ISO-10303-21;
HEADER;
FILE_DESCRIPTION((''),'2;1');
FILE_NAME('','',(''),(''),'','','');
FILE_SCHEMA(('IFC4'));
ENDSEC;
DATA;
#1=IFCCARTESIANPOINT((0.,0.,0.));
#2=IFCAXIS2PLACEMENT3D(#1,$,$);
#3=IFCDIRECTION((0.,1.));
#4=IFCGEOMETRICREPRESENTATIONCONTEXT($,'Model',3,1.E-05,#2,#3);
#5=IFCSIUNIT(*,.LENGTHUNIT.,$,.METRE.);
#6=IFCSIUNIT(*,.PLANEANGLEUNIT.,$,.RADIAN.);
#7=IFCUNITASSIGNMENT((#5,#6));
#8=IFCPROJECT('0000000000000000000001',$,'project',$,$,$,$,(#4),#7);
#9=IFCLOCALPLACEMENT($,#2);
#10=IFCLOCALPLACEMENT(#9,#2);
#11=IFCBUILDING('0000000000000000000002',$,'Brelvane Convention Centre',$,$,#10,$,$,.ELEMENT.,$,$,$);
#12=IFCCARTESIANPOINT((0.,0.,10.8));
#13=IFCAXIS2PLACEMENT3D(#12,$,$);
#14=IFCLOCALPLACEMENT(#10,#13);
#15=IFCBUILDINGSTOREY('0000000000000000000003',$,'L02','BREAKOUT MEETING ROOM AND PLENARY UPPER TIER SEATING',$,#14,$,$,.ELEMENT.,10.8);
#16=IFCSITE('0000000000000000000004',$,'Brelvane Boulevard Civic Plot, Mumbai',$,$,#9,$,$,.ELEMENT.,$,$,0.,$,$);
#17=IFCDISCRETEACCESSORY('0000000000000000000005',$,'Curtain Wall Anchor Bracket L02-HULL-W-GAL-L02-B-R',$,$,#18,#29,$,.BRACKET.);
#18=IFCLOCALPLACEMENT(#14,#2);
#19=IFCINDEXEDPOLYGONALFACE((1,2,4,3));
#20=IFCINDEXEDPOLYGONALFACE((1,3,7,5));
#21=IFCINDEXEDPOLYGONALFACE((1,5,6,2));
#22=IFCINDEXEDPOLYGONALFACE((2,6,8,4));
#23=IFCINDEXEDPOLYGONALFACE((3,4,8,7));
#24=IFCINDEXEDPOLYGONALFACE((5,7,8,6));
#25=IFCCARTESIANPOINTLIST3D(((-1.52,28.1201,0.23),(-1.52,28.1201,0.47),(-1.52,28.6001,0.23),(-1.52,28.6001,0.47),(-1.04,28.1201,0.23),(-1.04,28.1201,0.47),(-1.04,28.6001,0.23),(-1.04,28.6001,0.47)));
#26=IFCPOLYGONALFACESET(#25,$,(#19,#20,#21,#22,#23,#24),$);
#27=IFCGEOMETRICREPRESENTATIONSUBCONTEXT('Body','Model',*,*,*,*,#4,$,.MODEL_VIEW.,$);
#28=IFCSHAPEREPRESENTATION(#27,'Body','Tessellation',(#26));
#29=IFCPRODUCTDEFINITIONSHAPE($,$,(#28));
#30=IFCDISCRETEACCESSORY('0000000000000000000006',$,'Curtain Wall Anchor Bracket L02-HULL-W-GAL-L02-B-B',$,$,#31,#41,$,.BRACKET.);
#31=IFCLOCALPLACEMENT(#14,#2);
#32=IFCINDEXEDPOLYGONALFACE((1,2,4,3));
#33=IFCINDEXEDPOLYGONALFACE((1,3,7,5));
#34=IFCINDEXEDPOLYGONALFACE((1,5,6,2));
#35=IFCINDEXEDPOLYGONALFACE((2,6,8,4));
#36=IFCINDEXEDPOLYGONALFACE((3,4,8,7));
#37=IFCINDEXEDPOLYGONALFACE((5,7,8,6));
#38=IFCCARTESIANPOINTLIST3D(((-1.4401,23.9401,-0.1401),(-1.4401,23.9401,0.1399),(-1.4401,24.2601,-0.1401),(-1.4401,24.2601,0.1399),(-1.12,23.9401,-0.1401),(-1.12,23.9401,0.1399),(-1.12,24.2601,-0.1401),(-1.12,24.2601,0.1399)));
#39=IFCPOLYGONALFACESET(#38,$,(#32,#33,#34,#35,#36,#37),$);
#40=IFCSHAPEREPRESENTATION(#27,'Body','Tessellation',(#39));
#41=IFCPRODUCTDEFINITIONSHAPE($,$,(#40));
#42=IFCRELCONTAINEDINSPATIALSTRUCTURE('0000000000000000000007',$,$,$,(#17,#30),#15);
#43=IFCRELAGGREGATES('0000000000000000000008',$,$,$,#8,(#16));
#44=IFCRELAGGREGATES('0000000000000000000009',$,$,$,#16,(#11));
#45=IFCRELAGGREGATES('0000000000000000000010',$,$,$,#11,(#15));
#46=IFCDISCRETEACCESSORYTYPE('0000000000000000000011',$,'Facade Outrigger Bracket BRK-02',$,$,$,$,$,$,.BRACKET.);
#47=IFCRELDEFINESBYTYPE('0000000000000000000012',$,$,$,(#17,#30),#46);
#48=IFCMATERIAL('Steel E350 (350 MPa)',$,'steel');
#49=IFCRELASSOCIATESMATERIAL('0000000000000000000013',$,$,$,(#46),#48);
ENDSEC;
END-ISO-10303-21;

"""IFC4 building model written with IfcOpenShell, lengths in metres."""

from ifc_helpers import new_model, si_unit, direction, frame, origin, origin_2d, place, context, subcontext, project, spatial, rectangle, extrude, material, type_object, element, save


model = new_model("IFC4")

# Units and contexts
model_context = context("Model", 3, precision=1e-05, world=origin(), true_north=direction((0.0, 1.0)))
body_context = subcontext(model_context, "Body", "Model", "MODEL_VIEW")
ifc_project = project(units=[si_unit("LENGTHUNIT", "METRE"), si_unit("PLANEANGLEUNIT", "RADIAN")], contexts=[model_context])

# Site, building, storey
site_placement = place(None, origin())
site = spatial("IfcSite", under=ifc_project, at=site_placement, Name="Brelvane Boulevard Civic Plot, Mumbai", CompositionType="ELEMENT", RefElevation=0.0)
building_placement = place(site_placement, origin())
building = spatial("IfcBuilding", under=site, at=building_placement, Name="Brelvane Convention Centre", CompositionType="ELEMENT")
storey_placement = place(building_placement, frame((0.0, 0.0, 10.8)))
storey = spatial("IfcBuildingStorey", under=building, at=storey_placement, Name="L02", Description="BREAKOUT MEETING ROOM AND PLENARY UPPER TIER SEATING", CompositionType="ELEMENT", Elevation=10.8)

# Discrete accessories
ifc_material_1 = material(Name="Steel E350 (350 MPa)", Category="steel")
discrete_accessory_type = type_object("IfcDiscreteAccessoryType", Name="Facade Outrigger Bracket BRK-02", PredefinedType="BRACKET", material=ifc_material_1)
discrete_accessory_1_placement = place(storey_placement, frame((-1.28, 28.3601, 0.23), z_axis=(0.0, 0.0, 1.0), x_axis=(1.0, 0.0, 0.0)))
element("IfcDiscreteAccessory", 1, at=discrete_accessory_1_placement, inside=storey, type_object=discrete_accessory_type, Name="Curtain Wall Anchor Bracket L02-HULL-W-GAL-L02-B-R", PredefinedType="BRACKET", context=body_context, shape_type="SweptSolid", body=[
    extrude(rectangle(XDim=0.48, YDim=0.48, at=origin_2d()), origin(), (0.0, 0.0, 1.0), 0.24),
])
discrete_accessory_2_placement = place(storey_placement, frame((-1.28, 24.1001, -0.1401), z_axis=(0.0, 0.0, 1.0), x_axis=(1.0, 0.0, 0.0)))
element("IfcDiscreteAccessory", 2, at=discrete_accessory_2_placement, inside=storey, type_object=discrete_accessory_type, Name="Curtain Wall Anchor Bracket L02-HULL-W-GAL-L02-B-B", PredefinedType="BRACKET", context=body_context, shape_type="SweptSolid", body=[
    extrude(rectangle(XDim=0.3201, YDim=0.3201, at=origin_2d()), origin(), (0.0, 0.0, 1.0), 0.28),
])

save(model, "model.ifc")
